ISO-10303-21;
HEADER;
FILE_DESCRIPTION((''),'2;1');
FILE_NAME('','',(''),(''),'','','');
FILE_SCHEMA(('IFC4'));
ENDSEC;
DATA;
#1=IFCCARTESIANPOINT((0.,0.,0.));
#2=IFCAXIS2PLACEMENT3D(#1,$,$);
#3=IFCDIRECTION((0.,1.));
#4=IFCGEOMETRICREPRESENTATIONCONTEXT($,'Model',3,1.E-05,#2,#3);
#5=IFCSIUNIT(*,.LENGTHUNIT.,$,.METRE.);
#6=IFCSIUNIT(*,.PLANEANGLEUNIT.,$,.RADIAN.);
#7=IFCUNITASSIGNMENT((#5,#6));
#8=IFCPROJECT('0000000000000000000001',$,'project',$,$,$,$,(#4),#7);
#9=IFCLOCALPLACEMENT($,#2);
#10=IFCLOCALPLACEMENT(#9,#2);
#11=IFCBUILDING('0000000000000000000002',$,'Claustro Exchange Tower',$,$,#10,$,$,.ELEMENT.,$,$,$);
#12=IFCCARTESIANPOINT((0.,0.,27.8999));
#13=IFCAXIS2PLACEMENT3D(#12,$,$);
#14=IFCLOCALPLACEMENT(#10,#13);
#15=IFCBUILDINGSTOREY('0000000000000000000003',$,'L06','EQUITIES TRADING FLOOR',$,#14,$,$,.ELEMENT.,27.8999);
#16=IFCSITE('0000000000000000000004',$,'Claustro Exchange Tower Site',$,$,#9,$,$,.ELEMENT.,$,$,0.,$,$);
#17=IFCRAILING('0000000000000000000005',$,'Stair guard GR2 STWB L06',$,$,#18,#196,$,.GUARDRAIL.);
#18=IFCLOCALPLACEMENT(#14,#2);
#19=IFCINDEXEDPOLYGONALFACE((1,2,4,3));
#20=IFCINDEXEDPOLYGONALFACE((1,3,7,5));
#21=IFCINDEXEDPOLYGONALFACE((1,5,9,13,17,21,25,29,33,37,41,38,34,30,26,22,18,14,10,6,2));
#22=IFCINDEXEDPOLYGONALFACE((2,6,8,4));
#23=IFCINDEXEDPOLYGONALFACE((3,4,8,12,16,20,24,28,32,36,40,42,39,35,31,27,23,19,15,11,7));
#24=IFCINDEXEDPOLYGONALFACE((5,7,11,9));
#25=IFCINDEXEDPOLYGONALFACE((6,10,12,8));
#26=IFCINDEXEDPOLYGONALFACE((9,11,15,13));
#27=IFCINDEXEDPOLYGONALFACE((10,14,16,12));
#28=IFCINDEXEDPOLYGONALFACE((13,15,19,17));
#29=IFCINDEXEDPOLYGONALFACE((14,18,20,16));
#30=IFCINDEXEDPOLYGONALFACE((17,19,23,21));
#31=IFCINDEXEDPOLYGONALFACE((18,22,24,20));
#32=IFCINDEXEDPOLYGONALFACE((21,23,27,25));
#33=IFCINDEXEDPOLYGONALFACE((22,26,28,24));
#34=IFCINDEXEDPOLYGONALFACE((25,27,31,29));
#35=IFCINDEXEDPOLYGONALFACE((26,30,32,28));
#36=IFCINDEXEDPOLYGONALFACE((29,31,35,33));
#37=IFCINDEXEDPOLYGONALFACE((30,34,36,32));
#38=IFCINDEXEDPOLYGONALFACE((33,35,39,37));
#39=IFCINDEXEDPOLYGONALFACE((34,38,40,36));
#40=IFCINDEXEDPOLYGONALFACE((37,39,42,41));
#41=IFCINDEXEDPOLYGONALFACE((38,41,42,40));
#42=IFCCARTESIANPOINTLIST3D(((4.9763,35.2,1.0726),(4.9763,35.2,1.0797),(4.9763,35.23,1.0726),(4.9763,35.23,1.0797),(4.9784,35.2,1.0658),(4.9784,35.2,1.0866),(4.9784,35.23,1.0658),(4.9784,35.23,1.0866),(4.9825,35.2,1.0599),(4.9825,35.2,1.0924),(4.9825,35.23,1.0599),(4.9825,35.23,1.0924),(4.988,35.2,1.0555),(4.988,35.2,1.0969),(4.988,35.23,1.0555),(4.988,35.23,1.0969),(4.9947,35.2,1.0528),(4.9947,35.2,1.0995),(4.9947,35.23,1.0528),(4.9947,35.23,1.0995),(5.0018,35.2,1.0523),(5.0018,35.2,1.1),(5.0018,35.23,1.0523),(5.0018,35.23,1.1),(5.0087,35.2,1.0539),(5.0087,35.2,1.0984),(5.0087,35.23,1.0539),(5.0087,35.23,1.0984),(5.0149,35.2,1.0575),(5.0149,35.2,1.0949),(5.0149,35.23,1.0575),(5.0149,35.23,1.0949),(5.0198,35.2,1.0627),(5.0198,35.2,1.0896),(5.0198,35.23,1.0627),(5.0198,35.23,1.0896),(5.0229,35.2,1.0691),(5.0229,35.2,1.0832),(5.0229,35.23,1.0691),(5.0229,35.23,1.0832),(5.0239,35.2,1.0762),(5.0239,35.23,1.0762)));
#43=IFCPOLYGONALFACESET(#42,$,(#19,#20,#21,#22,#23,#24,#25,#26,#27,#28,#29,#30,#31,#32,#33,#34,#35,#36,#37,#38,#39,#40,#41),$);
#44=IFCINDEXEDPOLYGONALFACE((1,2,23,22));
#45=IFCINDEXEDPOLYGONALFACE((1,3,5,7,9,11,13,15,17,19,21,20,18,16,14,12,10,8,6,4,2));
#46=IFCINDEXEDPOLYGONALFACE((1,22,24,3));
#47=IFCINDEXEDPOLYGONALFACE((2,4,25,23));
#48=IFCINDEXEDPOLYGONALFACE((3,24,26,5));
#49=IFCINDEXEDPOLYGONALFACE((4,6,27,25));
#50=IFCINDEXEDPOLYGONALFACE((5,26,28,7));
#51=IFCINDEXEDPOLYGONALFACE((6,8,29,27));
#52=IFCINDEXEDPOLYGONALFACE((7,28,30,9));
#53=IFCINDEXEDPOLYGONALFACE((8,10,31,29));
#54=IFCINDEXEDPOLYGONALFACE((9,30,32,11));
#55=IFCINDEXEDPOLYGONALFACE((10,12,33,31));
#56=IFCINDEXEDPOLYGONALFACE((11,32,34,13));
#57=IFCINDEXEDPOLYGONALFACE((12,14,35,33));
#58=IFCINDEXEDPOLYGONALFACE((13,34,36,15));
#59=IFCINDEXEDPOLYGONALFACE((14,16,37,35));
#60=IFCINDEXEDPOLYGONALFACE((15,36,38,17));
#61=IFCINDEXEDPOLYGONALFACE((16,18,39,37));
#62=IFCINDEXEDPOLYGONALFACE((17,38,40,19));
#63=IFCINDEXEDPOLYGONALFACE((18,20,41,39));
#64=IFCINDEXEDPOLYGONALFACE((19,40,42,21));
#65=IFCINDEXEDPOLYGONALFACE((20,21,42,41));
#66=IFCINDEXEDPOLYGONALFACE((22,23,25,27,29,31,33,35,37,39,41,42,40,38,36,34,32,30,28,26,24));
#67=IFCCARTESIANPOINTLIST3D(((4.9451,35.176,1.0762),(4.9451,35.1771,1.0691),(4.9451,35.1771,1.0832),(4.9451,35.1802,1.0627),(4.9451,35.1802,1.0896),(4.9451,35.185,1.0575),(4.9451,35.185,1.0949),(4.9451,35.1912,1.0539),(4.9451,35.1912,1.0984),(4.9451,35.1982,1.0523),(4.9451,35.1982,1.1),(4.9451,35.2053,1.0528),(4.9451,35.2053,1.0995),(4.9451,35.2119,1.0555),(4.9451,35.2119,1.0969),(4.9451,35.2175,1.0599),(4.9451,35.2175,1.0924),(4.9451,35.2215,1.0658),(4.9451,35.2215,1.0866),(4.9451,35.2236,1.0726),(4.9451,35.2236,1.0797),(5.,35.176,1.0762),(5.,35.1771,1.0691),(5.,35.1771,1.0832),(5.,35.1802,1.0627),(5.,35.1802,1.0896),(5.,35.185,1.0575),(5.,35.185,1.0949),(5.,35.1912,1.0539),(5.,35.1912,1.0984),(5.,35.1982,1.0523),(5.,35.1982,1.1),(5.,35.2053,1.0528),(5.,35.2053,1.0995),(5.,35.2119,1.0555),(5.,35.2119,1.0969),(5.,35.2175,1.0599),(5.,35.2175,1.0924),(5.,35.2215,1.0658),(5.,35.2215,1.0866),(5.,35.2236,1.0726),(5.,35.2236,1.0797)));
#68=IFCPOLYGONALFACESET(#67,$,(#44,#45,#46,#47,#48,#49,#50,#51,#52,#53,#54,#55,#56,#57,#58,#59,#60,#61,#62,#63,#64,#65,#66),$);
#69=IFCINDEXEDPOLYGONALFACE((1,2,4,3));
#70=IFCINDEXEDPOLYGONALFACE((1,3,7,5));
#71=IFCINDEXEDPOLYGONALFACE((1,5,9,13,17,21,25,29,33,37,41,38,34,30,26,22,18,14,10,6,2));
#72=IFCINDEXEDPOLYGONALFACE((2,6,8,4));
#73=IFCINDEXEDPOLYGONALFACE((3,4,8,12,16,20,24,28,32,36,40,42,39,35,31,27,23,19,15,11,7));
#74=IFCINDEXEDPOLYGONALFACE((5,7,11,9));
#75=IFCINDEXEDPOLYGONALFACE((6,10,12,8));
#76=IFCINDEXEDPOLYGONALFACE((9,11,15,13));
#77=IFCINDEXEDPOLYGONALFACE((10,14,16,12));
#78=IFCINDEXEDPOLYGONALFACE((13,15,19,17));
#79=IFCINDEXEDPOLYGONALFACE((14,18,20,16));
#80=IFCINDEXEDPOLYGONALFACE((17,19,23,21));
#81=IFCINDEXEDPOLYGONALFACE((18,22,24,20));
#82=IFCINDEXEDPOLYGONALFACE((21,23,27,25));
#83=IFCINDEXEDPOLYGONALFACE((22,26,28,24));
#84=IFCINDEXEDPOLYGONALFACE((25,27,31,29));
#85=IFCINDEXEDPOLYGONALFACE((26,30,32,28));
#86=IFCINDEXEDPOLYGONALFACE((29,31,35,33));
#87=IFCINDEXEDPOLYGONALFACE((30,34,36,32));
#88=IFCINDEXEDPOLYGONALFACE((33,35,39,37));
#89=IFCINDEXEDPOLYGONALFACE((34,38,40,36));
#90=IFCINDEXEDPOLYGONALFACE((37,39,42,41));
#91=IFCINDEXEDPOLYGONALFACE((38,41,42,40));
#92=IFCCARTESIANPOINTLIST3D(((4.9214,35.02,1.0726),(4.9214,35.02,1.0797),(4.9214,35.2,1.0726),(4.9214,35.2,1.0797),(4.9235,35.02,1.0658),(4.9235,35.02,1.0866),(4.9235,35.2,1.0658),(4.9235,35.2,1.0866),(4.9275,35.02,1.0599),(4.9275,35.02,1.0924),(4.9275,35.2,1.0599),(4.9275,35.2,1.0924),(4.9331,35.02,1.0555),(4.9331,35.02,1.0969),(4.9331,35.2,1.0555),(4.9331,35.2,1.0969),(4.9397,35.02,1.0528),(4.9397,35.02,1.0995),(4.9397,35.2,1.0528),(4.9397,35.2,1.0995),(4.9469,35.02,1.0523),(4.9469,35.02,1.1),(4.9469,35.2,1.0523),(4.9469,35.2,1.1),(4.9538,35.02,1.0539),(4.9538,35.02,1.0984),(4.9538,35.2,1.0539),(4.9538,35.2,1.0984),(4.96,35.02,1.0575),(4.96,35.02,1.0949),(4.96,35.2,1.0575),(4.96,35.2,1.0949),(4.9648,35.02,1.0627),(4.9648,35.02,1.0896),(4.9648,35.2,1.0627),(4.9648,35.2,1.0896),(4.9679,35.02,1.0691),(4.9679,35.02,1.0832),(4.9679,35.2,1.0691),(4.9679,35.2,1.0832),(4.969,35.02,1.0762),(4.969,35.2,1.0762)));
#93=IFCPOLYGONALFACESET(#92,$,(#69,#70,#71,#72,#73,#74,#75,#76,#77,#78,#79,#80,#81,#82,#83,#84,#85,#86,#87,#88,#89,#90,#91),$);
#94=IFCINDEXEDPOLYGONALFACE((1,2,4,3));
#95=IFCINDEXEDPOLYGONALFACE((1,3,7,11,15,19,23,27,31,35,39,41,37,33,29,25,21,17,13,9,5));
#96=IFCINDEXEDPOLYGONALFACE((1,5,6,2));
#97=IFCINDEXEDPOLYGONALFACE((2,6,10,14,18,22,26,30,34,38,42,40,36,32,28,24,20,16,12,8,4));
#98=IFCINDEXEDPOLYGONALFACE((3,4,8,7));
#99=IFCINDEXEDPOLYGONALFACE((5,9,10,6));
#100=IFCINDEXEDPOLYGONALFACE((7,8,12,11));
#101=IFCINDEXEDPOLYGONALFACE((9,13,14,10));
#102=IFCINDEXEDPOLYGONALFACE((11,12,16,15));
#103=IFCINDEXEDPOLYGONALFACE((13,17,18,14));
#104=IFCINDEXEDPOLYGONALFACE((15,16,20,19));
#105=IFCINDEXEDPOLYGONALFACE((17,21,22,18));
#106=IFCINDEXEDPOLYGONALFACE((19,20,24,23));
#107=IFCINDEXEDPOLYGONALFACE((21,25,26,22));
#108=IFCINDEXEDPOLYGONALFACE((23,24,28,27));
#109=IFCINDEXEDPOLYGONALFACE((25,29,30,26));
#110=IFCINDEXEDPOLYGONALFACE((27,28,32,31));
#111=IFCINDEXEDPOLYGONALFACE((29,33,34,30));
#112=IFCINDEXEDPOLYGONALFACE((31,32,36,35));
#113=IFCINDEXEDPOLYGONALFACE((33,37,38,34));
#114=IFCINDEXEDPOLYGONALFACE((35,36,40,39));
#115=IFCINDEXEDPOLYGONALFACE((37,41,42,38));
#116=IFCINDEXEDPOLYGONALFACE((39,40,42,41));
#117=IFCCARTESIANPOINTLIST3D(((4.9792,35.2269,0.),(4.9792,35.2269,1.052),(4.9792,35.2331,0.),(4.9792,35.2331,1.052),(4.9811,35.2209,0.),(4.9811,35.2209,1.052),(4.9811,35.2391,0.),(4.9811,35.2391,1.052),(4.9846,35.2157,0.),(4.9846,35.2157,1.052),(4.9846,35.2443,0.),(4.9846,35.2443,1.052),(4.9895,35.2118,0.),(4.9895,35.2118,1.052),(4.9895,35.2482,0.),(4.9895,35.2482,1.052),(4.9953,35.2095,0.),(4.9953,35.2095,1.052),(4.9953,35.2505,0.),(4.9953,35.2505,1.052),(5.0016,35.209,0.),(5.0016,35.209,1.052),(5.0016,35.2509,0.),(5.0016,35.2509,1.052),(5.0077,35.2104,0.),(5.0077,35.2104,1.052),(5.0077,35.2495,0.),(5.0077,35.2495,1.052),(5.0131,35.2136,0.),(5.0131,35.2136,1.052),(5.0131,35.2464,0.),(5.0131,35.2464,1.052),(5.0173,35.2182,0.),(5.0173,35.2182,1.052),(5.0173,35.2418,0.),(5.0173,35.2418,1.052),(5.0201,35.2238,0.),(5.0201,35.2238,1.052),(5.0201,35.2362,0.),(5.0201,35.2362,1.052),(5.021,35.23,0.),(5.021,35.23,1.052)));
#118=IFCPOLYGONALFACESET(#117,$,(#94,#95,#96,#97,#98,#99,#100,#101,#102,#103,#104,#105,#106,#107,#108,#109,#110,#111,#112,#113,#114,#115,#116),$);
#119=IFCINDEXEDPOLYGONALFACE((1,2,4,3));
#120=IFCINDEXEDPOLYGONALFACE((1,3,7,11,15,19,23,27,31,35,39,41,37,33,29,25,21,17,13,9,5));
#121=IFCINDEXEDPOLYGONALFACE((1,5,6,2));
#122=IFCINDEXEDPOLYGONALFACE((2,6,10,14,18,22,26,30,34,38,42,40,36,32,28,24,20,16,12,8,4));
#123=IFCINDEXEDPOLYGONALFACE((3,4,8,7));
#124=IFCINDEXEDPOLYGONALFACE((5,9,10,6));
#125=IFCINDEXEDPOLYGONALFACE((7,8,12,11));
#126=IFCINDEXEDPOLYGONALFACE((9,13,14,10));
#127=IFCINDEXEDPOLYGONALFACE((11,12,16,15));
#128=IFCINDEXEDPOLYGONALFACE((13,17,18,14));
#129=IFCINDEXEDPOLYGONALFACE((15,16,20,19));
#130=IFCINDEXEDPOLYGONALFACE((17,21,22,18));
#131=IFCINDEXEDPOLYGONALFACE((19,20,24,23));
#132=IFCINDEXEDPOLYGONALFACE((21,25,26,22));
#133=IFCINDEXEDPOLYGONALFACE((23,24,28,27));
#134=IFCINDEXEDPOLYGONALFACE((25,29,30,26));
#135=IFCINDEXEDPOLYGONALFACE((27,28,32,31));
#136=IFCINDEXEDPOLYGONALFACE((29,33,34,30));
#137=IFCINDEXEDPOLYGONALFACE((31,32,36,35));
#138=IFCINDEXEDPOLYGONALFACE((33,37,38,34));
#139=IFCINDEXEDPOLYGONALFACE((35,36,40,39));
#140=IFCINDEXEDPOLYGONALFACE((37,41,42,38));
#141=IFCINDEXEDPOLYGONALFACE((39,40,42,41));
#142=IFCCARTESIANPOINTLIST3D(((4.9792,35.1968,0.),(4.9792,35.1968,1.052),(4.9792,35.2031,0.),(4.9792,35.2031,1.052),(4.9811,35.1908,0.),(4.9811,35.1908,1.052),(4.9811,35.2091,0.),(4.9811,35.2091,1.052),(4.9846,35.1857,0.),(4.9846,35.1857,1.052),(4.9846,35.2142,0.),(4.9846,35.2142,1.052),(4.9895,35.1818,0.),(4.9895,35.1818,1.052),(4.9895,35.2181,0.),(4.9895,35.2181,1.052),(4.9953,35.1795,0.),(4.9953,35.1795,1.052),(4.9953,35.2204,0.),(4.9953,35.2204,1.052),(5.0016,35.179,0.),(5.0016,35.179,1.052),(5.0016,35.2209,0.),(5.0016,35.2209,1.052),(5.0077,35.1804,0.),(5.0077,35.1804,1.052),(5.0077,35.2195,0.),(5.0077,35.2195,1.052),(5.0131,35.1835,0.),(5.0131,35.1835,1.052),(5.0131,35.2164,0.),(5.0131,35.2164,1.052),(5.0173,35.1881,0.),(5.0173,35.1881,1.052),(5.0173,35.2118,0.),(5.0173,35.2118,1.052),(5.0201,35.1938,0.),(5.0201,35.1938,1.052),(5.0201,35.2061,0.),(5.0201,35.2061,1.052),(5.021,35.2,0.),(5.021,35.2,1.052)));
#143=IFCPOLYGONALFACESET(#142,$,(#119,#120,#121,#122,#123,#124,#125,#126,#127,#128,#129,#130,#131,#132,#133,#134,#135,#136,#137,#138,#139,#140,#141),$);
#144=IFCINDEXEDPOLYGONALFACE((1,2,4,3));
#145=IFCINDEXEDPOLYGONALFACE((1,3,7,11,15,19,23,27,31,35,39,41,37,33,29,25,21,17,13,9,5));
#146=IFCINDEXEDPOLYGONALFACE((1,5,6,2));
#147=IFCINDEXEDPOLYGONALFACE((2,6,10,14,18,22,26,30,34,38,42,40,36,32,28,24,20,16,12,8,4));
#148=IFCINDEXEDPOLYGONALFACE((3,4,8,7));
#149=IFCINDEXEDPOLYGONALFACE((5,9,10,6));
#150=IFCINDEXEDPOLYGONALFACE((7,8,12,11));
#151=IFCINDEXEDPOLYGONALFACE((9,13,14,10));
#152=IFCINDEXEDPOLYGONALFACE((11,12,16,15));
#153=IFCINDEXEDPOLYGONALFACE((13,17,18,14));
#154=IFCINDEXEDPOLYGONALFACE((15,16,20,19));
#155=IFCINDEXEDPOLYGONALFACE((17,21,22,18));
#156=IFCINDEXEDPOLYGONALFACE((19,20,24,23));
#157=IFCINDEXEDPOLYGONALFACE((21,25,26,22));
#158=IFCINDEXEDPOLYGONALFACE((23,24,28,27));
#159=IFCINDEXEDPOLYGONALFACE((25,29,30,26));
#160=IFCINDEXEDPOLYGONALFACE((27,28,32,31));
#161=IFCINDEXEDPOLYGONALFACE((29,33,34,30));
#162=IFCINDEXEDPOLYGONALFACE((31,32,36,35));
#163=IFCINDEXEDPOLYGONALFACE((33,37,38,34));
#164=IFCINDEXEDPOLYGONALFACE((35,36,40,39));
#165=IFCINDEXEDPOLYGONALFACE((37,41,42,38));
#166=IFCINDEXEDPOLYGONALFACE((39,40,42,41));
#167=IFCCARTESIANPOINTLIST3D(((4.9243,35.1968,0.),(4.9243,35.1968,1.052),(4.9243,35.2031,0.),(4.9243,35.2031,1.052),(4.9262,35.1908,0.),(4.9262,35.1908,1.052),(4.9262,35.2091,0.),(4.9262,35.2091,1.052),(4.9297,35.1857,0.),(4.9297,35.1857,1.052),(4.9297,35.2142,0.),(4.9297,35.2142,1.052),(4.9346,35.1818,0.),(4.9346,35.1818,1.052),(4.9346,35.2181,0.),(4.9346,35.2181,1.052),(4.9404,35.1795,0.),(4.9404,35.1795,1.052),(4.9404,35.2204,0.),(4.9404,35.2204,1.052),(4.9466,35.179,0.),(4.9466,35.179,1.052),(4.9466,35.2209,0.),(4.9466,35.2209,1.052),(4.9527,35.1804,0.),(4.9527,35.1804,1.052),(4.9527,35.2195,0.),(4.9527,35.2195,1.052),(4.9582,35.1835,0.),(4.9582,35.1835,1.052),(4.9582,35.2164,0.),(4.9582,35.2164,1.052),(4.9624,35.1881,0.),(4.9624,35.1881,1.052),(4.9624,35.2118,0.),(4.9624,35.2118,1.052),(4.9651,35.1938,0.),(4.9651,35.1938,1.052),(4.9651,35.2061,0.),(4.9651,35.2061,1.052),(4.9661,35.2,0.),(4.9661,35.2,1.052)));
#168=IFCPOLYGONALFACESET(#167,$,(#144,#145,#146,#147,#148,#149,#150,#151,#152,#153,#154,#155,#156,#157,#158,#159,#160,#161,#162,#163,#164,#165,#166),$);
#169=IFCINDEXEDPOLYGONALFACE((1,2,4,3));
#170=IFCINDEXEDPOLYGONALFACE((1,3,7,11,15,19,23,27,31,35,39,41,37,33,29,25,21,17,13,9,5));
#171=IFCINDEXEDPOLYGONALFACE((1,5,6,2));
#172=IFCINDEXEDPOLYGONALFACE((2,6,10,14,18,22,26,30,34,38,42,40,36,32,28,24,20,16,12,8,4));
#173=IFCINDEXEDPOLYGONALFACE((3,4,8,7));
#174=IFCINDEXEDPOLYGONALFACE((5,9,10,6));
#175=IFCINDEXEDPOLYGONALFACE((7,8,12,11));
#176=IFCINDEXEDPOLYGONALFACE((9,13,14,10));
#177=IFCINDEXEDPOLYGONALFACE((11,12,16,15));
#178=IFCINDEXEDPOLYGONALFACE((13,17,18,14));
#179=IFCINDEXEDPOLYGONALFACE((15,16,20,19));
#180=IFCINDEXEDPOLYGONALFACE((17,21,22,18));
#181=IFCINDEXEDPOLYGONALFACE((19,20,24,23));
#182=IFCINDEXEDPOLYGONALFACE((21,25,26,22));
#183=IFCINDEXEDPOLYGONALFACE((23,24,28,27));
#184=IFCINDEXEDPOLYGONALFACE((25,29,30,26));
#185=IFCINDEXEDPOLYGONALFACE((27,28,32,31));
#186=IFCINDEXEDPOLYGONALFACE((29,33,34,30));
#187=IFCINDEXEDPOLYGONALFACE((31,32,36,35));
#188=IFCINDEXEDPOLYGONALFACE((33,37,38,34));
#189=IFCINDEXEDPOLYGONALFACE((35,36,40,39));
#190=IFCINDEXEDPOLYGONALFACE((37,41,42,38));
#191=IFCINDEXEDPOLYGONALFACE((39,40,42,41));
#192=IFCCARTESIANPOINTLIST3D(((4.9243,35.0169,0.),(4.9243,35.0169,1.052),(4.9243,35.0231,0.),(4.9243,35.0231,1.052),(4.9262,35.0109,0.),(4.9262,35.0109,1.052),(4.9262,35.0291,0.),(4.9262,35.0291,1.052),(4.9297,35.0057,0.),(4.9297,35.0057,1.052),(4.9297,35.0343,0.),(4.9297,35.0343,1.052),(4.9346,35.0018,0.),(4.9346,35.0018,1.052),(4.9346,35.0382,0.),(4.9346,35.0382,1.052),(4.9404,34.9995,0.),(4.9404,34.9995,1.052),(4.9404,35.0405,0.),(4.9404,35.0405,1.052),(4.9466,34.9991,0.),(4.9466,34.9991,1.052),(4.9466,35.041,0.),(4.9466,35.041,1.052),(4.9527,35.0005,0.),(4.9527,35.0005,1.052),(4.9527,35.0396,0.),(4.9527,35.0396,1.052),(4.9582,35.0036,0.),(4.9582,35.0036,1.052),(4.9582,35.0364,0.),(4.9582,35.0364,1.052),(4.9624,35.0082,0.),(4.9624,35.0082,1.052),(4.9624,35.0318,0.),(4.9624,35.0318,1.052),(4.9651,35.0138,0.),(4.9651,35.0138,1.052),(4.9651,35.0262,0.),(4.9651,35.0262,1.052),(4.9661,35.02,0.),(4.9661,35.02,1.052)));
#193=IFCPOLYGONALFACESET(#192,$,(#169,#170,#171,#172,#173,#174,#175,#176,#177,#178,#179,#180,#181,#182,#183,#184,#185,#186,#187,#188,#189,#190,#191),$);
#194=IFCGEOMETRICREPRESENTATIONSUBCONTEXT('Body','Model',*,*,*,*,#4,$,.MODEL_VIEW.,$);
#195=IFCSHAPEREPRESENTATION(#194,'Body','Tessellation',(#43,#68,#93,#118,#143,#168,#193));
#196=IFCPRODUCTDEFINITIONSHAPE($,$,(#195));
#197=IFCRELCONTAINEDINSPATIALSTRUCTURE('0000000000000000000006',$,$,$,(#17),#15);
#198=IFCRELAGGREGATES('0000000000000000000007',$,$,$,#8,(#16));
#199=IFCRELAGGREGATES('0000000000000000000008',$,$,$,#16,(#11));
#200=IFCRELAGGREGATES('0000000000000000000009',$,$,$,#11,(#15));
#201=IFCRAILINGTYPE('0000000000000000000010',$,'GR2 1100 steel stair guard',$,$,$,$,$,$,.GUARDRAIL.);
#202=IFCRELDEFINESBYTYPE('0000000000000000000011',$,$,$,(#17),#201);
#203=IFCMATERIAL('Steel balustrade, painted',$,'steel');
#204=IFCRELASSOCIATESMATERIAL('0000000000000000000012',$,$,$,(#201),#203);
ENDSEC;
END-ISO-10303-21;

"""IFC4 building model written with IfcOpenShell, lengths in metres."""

from ifc_helpers import new_model, si_unit, direction, frame, origin, origin_2d, place, context, subcontext, project, spatial, circle, extrude, material, type_object, element, save


model = new_model("IFC4")

# Units and contexts
model_context = context("Model", 3, precision=1e-05, world=origin(), true_north=direction((0.0, 1.0)))
body_context = subcontext(model_context, "Body", "Model", "MODEL_VIEW")
ifc_project = project(units=[si_unit("LENGTHUNIT", "METRE"), si_unit("PLANEANGLEUNIT", "RADIAN")], contexts=[model_context])

# Site, building, storey
site_placement = place(None, origin())
site = spatial("IfcSite", under=ifc_project, at=site_placement, Name="Claustro Exchange Tower Site", CompositionType="ELEMENT", RefElevation=0.0)
building_placement = place(site_placement, origin())
building = spatial("IfcBuilding", under=site, at=building_placement, Name="Claustro Exchange Tower", CompositionType="ELEMENT")
storey_placement = place(building_placement, frame((0.0, 0.0, 27.8999)))
storey = spatial("IfcBuildingStorey", under=building, at=storey_placement, Name="L06", Description="EQUITIES TRADING FLOOR", CompositionType="ELEMENT", Elevation=27.8999)

# Railing
ifc_material_1 = material(Name="Steel balustrade, painted", Category="steel")
railing_type_1 = type_object("IfcRailingType", Name="GR2 1100 steel stair guard", PredefinedType="GUARDRAIL", material=ifc_material_1)
railing_1_placement = place(storey_placement, frame((5.0, 35.23, 0.0)))
element("IfcRailing", 1, at=railing_1_placement, inside=storey, type_object=railing_type_1, Name="Stair guard GR2 STWB L06", PredefinedType="GUARDRAIL", context=body_context, shape_type="SweptSolid", body=[
    extrude(circle(Radius=0.0239, at=origin_2d()), frame((0.0, 0.0, 1.0762), z_axis=(0.0, -1.0, 0.0), x_axis=(1.0, 0.0, 0.0)), (0.0, 0.0, 1.0), 0.03),
    extrude(circle(Radius=0.0239, at=origin_2d()), frame((0.0, -0.03, 1.0762), z_axis=(-1.0, 0.0, 0.0), x_axis=(0.0, -1.0, 0.0)), (0.0, 0.0, 1.0), 0.0549),
    extrude(circle(Radius=0.0239, at=origin_2d()), frame((-0.0549, -0.03, 1.0762), z_axis=(0.0, -1.0, 0.0), x_axis=(1.0, 0.0, 0.0)), (0.0, 0.0, 1.0), 0.1799),
    extrude(circle(Radius=0.021, at=origin_2d()), origin(), (0.0, 0.0, 1.0), 1.052),
    extrude(circle(Radius=0.021, at=origin_2d()), frame((0.0, -0.03, 0.0)), (0.0, 0.0, 1.0), 1.052),
    extrude(circle(Radius=0.021, at=origin_2d()), frame((-0.0549, -0.03, 0.0)), (0.0, 0.0, 1.0), 1.052),
    extrude(circle(Radius=0.021, at=origin_2d()), frame((-0.0549, -0.21, 0.0)), (0.0, 0.0, 1.0), 1.052),
])

save(model, "model.ifc")
